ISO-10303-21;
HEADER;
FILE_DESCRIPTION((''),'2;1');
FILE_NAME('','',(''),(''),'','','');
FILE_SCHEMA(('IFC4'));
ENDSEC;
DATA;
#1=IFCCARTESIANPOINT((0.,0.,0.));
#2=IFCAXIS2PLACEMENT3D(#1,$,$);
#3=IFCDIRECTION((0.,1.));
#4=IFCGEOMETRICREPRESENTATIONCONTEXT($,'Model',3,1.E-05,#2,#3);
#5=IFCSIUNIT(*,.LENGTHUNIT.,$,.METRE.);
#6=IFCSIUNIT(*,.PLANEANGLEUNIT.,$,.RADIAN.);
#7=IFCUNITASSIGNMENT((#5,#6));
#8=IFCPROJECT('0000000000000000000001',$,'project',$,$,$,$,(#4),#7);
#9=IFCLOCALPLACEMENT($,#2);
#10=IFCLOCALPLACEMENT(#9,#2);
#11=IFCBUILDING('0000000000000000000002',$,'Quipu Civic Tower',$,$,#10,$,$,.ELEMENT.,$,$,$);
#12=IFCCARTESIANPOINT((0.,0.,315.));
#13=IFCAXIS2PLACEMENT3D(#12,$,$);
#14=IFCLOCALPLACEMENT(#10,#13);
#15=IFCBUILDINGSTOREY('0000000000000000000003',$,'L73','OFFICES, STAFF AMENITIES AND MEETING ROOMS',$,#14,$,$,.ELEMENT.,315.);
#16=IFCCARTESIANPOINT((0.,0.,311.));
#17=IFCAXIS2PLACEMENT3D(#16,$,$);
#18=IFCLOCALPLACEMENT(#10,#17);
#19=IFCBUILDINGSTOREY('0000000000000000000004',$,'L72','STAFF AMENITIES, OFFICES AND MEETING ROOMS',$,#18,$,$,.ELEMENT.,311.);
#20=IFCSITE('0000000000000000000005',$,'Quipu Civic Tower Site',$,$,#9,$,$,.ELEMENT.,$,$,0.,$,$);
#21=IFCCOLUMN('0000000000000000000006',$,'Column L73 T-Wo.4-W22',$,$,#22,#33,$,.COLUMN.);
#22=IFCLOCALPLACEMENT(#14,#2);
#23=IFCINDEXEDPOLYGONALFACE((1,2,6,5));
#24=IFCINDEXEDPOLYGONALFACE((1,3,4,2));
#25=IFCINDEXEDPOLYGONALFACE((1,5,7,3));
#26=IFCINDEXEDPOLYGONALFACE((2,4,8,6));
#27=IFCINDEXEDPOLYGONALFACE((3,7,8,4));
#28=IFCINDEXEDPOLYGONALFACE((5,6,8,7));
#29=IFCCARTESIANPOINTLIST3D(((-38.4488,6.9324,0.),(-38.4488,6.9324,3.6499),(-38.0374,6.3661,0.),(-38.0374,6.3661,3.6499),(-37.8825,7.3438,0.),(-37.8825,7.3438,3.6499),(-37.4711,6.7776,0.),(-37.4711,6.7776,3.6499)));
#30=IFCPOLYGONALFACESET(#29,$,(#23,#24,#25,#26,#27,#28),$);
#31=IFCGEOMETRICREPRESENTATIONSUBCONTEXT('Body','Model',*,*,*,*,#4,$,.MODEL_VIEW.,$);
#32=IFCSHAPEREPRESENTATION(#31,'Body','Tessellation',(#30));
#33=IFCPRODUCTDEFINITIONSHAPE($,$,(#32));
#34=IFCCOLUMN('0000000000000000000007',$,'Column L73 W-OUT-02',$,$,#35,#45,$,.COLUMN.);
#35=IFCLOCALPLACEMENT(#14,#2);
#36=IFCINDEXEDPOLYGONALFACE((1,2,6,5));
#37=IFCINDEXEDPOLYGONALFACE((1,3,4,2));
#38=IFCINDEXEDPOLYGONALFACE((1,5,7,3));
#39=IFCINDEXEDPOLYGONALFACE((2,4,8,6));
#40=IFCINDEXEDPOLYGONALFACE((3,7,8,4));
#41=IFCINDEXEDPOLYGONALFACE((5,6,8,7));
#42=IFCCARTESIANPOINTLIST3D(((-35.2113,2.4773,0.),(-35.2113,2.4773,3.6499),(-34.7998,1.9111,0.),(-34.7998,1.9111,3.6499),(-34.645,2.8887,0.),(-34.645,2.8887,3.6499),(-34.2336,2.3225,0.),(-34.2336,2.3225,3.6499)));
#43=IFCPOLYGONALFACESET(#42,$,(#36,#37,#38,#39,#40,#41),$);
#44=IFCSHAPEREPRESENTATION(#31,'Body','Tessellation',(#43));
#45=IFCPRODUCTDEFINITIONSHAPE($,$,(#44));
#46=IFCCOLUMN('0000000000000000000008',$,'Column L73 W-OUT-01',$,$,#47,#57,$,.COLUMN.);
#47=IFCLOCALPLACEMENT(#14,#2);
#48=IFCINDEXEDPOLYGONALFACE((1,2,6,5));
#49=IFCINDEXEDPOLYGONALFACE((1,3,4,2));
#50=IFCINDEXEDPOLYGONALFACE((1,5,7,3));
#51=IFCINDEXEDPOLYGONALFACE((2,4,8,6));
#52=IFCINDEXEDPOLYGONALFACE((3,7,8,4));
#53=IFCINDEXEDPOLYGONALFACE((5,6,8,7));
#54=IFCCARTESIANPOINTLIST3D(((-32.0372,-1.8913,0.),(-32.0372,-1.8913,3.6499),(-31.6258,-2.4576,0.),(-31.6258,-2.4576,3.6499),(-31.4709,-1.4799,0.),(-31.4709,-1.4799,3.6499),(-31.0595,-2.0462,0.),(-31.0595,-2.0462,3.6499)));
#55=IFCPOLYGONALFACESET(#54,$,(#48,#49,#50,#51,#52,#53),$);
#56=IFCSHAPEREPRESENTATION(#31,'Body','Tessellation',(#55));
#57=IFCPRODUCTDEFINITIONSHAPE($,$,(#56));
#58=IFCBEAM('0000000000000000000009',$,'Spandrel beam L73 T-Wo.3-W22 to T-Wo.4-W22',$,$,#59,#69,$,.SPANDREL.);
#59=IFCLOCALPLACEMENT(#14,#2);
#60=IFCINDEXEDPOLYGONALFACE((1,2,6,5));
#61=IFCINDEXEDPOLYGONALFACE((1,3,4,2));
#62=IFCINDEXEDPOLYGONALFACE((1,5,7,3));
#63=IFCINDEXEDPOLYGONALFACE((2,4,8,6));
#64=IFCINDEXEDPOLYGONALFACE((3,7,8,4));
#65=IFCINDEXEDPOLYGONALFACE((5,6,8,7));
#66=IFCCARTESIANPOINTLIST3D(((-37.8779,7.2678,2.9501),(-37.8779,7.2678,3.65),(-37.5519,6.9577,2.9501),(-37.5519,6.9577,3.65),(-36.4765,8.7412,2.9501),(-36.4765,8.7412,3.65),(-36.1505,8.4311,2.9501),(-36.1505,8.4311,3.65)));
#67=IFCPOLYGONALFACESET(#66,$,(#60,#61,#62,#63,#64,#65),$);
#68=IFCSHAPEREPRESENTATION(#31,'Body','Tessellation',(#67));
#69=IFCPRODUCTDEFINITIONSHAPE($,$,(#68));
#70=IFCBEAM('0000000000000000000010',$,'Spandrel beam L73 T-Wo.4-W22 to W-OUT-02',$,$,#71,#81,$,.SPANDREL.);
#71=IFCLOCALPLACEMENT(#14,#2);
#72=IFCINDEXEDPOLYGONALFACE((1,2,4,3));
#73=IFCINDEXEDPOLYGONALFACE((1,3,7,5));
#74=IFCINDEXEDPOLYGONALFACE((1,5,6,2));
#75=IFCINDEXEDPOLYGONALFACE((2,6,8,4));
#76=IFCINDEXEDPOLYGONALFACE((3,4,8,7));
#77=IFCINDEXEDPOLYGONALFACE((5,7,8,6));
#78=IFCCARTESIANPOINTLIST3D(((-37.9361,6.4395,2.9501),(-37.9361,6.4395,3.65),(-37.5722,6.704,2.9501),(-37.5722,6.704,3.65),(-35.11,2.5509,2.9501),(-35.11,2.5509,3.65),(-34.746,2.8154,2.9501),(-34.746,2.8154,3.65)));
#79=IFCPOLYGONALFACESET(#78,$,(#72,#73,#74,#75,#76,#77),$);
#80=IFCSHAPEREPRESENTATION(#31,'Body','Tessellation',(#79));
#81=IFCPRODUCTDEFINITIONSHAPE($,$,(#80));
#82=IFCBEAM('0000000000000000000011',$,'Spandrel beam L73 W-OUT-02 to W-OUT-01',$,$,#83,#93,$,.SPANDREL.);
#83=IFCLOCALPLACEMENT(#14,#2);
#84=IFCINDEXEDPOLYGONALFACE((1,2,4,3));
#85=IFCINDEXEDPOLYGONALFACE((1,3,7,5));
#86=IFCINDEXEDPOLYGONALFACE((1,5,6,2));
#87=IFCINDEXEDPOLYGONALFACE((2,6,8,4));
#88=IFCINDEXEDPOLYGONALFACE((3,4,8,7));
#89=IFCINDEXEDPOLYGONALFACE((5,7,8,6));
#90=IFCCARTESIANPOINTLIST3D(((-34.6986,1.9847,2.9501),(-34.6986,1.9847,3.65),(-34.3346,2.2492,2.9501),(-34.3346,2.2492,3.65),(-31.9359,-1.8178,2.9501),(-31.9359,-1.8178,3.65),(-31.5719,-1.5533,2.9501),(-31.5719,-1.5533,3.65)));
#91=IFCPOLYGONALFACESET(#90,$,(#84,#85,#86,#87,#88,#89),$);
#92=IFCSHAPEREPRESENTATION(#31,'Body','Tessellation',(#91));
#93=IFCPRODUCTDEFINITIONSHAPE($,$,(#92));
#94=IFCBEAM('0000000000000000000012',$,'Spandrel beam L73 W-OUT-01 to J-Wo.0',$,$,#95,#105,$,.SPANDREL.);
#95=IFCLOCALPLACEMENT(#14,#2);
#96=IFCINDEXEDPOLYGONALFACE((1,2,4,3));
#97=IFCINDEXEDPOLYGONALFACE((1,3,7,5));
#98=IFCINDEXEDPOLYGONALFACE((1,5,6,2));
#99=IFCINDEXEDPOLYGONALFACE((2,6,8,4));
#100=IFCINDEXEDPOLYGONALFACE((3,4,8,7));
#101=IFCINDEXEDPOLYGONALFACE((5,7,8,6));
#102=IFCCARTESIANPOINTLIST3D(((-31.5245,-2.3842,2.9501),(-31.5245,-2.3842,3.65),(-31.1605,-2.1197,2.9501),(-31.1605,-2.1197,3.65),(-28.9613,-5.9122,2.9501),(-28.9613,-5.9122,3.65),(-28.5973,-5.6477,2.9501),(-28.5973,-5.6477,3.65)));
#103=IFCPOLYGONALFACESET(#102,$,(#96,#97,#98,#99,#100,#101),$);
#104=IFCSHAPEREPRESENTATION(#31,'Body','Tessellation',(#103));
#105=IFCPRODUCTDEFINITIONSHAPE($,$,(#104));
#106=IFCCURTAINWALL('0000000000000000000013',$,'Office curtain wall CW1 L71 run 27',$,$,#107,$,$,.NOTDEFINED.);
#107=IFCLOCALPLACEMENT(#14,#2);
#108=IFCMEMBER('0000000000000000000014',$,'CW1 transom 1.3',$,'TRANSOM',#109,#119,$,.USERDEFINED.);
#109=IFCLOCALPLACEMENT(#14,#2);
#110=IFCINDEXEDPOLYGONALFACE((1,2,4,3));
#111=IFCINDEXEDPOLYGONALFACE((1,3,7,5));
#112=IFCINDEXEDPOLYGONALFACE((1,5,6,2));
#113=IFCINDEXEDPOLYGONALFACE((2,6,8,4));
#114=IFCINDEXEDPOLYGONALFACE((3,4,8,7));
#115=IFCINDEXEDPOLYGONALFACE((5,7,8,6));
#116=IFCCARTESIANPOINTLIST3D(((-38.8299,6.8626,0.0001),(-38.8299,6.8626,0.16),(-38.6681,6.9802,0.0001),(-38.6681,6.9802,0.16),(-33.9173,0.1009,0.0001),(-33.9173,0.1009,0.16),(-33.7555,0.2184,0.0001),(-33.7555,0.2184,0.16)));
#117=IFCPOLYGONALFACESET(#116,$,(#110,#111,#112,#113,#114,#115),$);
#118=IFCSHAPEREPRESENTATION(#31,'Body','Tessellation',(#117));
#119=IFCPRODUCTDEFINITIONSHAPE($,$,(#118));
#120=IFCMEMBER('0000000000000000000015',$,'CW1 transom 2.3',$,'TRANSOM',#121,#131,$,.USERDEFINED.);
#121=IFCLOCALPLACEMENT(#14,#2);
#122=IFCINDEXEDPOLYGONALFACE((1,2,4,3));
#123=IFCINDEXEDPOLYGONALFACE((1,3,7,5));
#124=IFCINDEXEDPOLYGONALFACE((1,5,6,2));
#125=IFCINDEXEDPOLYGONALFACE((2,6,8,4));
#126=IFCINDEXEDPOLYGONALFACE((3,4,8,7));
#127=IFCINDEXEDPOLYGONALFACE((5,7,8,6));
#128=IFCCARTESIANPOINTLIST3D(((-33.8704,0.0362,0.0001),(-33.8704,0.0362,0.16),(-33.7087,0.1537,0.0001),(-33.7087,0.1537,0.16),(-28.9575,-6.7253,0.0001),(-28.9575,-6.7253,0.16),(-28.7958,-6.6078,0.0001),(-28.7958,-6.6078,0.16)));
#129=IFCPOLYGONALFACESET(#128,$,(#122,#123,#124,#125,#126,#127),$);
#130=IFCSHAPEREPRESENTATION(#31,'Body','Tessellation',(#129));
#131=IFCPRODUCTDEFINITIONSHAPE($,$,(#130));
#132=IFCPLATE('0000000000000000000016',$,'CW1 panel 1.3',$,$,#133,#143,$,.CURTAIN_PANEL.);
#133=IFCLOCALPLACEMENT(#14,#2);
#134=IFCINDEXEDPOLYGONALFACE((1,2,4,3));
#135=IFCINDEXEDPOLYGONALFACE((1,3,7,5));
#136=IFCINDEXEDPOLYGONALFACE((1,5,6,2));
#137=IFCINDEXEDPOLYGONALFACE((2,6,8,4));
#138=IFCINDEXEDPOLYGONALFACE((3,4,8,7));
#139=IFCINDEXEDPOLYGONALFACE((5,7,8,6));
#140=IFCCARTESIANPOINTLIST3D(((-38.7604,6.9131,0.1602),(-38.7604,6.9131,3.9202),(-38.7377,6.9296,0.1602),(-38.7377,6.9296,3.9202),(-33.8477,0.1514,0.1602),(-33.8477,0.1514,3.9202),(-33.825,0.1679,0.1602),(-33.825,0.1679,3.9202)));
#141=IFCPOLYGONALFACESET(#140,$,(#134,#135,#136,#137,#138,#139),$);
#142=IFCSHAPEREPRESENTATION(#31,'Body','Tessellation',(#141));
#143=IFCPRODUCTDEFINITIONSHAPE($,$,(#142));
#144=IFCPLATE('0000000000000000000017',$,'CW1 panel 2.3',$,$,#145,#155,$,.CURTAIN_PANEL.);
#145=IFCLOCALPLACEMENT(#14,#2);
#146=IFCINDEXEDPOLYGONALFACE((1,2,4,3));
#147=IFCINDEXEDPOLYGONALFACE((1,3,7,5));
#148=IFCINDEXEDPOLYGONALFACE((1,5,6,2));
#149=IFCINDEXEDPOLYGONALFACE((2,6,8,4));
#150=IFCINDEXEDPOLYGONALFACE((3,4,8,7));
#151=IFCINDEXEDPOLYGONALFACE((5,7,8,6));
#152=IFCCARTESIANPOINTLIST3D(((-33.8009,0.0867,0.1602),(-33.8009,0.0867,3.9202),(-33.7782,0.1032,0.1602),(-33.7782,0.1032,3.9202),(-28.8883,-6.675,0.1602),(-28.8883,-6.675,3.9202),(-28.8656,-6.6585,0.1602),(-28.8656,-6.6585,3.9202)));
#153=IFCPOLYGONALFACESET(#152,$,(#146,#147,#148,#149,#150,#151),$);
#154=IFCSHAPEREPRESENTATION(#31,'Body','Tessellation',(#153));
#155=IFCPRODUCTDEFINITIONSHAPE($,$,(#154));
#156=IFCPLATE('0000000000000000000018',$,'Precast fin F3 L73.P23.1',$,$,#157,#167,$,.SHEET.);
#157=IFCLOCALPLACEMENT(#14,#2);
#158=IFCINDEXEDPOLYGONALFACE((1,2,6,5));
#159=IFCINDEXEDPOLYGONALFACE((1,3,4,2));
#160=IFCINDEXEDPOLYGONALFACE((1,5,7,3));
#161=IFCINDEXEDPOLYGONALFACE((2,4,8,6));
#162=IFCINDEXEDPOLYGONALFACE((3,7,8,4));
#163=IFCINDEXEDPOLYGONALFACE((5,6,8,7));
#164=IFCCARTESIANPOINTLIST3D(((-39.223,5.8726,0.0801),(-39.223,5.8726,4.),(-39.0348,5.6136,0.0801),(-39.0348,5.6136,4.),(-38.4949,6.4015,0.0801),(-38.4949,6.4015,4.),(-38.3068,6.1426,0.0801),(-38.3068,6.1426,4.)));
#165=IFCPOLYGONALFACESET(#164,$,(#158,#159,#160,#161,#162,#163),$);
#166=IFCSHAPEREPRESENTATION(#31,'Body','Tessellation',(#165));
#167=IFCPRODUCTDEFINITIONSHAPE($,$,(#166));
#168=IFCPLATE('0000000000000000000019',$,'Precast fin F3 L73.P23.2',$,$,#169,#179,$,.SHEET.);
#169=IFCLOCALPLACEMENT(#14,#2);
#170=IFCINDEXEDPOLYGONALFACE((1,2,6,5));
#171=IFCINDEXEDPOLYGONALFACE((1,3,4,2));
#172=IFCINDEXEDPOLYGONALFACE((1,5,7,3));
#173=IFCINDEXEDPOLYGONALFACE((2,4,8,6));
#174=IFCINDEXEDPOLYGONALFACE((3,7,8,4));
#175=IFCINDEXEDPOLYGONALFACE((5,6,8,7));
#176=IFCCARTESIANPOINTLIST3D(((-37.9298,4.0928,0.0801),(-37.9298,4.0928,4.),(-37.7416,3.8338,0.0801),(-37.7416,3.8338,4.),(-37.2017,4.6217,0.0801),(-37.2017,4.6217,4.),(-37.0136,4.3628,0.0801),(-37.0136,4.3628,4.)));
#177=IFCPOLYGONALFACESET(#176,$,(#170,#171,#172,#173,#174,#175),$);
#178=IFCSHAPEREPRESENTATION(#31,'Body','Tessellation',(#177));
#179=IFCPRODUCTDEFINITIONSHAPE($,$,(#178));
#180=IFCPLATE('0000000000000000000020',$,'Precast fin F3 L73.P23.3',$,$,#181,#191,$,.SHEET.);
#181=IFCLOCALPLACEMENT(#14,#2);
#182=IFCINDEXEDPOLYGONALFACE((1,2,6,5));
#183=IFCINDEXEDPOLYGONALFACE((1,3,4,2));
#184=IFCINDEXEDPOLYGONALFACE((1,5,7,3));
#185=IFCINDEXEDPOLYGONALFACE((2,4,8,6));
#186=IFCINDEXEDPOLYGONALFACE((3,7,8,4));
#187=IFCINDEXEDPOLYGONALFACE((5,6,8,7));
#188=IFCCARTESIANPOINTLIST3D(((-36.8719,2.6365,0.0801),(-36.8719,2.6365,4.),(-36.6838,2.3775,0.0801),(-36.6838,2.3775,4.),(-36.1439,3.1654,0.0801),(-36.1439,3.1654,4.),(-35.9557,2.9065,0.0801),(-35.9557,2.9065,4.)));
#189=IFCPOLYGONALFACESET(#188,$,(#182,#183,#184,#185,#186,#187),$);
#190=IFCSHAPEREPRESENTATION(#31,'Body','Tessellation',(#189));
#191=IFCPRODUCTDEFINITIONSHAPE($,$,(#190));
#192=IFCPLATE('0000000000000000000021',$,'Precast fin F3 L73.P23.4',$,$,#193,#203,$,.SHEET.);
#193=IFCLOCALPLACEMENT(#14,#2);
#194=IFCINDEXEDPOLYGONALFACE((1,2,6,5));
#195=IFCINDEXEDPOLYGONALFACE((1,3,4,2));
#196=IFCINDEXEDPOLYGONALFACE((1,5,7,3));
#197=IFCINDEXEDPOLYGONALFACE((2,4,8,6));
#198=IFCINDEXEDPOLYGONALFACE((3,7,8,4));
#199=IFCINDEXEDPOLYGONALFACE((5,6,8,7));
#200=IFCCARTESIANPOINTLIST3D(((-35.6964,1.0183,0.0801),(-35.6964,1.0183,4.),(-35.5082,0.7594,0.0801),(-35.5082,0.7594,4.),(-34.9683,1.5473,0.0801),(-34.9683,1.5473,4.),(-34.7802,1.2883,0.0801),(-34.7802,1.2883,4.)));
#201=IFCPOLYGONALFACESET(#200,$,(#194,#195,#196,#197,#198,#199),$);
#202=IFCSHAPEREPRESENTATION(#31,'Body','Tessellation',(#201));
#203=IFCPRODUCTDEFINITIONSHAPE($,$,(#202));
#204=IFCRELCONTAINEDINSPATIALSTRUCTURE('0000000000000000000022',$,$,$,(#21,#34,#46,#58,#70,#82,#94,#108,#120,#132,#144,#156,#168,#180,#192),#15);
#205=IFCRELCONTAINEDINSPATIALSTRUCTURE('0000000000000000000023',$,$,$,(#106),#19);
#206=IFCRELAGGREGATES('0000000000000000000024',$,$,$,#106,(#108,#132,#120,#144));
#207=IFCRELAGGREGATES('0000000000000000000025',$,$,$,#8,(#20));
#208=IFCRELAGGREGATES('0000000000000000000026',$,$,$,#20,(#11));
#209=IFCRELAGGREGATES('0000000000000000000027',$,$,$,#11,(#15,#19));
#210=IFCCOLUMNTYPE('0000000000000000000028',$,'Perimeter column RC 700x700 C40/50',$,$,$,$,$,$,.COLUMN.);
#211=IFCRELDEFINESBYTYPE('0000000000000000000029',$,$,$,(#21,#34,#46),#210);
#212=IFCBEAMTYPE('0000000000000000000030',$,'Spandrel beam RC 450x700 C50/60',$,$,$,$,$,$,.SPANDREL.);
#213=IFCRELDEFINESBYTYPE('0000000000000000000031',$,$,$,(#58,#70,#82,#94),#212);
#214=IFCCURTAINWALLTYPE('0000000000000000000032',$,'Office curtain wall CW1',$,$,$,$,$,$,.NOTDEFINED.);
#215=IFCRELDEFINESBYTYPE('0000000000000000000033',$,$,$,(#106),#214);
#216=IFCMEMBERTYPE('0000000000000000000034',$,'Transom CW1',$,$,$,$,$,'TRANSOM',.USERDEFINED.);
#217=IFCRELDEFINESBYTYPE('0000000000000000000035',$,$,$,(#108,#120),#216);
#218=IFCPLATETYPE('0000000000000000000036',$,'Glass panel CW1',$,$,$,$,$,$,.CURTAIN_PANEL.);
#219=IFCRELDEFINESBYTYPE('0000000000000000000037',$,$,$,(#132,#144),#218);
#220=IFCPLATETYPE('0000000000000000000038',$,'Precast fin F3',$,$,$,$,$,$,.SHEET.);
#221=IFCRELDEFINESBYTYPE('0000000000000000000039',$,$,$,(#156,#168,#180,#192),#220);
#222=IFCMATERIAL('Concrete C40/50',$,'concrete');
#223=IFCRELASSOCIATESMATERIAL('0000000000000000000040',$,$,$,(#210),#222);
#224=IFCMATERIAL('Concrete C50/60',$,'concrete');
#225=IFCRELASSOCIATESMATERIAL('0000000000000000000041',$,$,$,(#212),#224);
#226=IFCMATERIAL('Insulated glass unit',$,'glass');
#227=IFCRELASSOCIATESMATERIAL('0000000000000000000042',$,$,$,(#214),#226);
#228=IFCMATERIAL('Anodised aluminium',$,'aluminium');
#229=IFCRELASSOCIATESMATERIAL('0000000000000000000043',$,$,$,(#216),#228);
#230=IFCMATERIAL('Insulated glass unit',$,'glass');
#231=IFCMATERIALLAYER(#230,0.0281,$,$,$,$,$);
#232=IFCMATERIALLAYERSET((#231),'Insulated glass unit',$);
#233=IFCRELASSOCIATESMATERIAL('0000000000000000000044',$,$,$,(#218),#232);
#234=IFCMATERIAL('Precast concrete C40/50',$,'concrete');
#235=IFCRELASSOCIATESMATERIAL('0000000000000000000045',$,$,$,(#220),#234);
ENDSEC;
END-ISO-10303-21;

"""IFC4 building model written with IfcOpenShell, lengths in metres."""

from ifc_helpers import new_model, si_unit, direction, frame, origin, origin_2d, place, context, subcontext, project, spatial, rectangle, extrude, material, layer, layer_set, material_profile, profile_set, type_object, element, aggregate, save


model = new_model("IFC4")

# Units and contexts
model_context = context("Model", 3, precision=1e-05, world=origin(), true_north=direction((0.0, 1.0)))
body_context = subcontext(model_context, "Body", "Model", "MODEL_VIEW")
ifc_project = project(units=[si_unit("LENGTHUNIT", "METRE"), si_unit("PLANEANGLEUNIT", "RADIAN")], contexts=[model_context])

# Site, building, storey
site_placement = place(None, origin())
site = spatial("IfcSite", under=ifc_project, at=site_placement, Name="Quipu Civic Tower Site", CompositionType="ELEMENT", RefElevation=0.0)
building_placement = place(site_placement, origin())
building = spatial("IfcBuilding", under=site, at=building_placement, Name="Quipu Civic Tower", CompositionType="ELEMENT")
storey_1_placement = place(building_placement, frame((0.0, 0.0, 315.0)))
storey_1 = spatial("IfcBuildingStorey", under=building, at=storey_1_placement, Name="L73", Description="OFFICES, STAFF AMENITIES AND MEETING ROOMS", CompositionType="ELEMENT", Elevation=315.0)

# Columns
ifc_material_1 = material(Name="Concrete C40/50", Category="concrete")
ifc_material_profile_1 = material_profile(ifc_material_1, rectangle(XDim=0.7, YDim=0.7, at=origin_2d()), Name="RC700x700")
ifc_profile_set_1 = profile_set([ifc_material_profile_1], Name="Concrete C40/50")
column_type = type_object("IfcColumnType", Name="Perimeter column RC 700x700 C40/50", PredefinedType="COLUMN", material=ifc_profile_set_1)
for number, where, z_axis, x_axis, name in (
    (1, (-37.96, 6.855, 0.0), (0.0, 0.0, 1.0), (0.587785, -0.809017, 0.0), "Column L73 T-Wo.4-W22"),
    (2, (-34.7224, 2.3999, 0.0), (0.0, 0.0, 1.0), (0.587785, -0.809017, 0.0), "Column L73 W-OUT-02"),
    (3, (-31.5483, -1.9688, 0.0), (0.0, 0.0, 1.0), (0.587785, -0.809017, 0.0), "Column L73 W-OUT-01"),
):
    element("IfcColumn", number, at=place(storey_1_placement, frame(where, z_axis=z_axis, x_axis=x_axis)), inside=storey_1, type_object=column_type, Name=name, PredefinedType="COLUMN", context=body_context, shape_type="SweptSolid", body=[
        extrude(rectangle(XDim=0.7, YDim=0.7, at=origin_2d()), origin(), (0.0, 0.0, 1.0), 3.6499),
    ])

# Beams
ifc_material_2 = material(Name="Concrete C50/60", Category="concrete")
ifc_material_profile_2 = material_profile(ifc_material_2, rectangle(XDim=0.45, YDim=0.7, at=origin_2d()), Name="RC450x700")
ifc_profile_set_2 = profile_set([ifc_material_profile_2], Name="Concrete C50/60")
beam_type = type_object("IfcBeamType", Name="Spandrel beam RC 450x700 C50/60", PredefinedType="SPANDREL", material=ifc_profile_set_2)
beam_1_placement = place(storey_1_placement, frame((-36.3135, 8.5862, 3.3), z_axis=(-0.689175, -0.724595, 0.0), x_axis=(0.724595, -0.689175, 0.0)))
element("IfcBeam", 4, at=beam_1_placement, inside=storey_1, type_object=beam_type, Name="Spandrel beam L73 T-Wo.3-W22 to T-Wo.4-W22", PredefinedType="SPANDREL", context=body_context, shape_type="SweptSolid", body=[
    extrude(rectangle(XDim=0.45, YDim=0.7, at=origin_2d()), origin(), (0.0, 0.0, 1.0), 2.0334),
])
beam_2_placement = place(storey_1_placement, frame((-37.7542, 6.5718, 3.3), z_axis=(0.587906, -0.808929, 0.0), x_axis=(0.808929, 0.587906, 0.0)))
element("IfcBeam", 5, at=beam_2_placement, inside=storey_1, type_object=beam_type, Name="Spandrel beam L73 T-Wo.4-W22 to W-OUT-02", PredefinedType="SPANDREL", context=body_context, shape_type="SweptSolid", body=[
    extrude(rectangle(XDim=0.45, YDim=0.7, at=origin_2d()), origin(), (0.0, 0.0, 1.0), 4.8071),
])
beam_3_placement = place(storey_1_placement, frame((-34.5166, 2.1169, 3.3), z_axis=(0.587789, -0.809015, 0.0), x_axis=(0.809015, 0.587789, 0.0)))
element("IfcBeam", 6, at=beam_3_placement, inside=storey_1, type_object=beam_type, Name="Spandrel beam L73 W-OUT-02 to W-OUT-01", PredefinedType="SPANDREL", context=body_context, shape_type="SweptSolid", body=[
    extrude(rectangle(XDim=0.45, YDim=0.7, at=origin_2d()), origin(), (0.0, 0.0, 1.0), 4.7002),
])
beam_4_placement = place(storey_1_placement, frame((-31.3425, -2.252, 3.3), z_axis=(0.587776, -0.809024, 0.0), x_axis=(0.809024, 0.587776, 0.0)))
element("IfcBeam", 7, at=beam_4_placement, inside=storey_1, type_object=beam_type, Name="Spandrel beam L73 W-OUT-01 to J-Wo.0", PredefinedType="SPANDREL", context=body_context, shape_type="SweptSolid", body=[
    extrude(rectangle(XDim=0.45, YDim=0.7, at=origin_2d()), origin(), (0.0, 0.0, 1.0), 4.3608),
])

# Shared definitions
storey_2_placement = place(building_placement, frame((0.0, 0.0, 311.0)))
storey_2 = spatial("IfcBuildingStorey", under=building, at=storey_2_placement, Name="L72", Description="STAFF AMENITIES, OFFICES AND MEETING ROOMS", CompositionType="ELEMENT", Elevation=311.0)

# Curtain wall, members, plates
ifc_material_3 = material(Name="Insulated glass unit", Category="glass")
curtain_wall_type = type_object("IfcCurtainWallType", Name="Office curtain wall CW1", PredefinedType="NOTDEFINED", material=ifc_material_3)
curtain_wall_placement = place(storey_2_placement, origin())
curtain_wall = element("IfcCurtainWall", 8, at=curtain_wall_placement, inside=storey_2, type_object=curtain_wall_type, Name="Office curtain wall CW1 L71 run 27", PredefinedType="NOTDEFINED")
ifc_material_4 = material(Name="Anodised aluminium", Category="aluminium")
ifc_material_profile_3 = material_profile(ifc_material_4, rectangle(XDim=0.2, YDim=0.1599, at=origin_2d()), Name="RECT 200x160")
ifc_profile_set_3 = profile_set([ifc_material_profile_3], Name="Anodised aluminium")
member_type = type_object("IfcMemberType", Name="Transom CW1", ElementType="TRANSOM", PredefinedType="USERDEFINED", material=ifc_profile_set_3)
member_1_placement = place(storey_1_placement, frame((-38.749, 6.9214, 0.0801), z_axis=(0.587779, -0.809021, 0.0), x_axis=(0.809021, 0.587779, 0.0)))
member_1 = element("IfcMember", 9, at=member_1_placement, inside=storey_1, type_object=member_type, Name="CW1 transom 1.3", ObjectType="TRANSOM", PredefinedType="USERDEFINED", context=body_context, shape_type="SweptSolid", body=[
    extrude(rectangle(XDim=0.2, YDim=0.1599, at=origin_2d()), origin(), (0.0, 0.0, 1.0), 8.3579),
])
member_2_placement = place(storey_1_placement, frame((-33.7896, 0.095, 0.0801), z_axis=(0.587812, -0.808997, 0.0), x_axis=(0.808997, 0.587812, 0.0)))
member_2 = element("IfcMember", 10, at=member_2_placement, inside=storey_1, type_object=member_type, Name="CW1 transom 2.3", ObjectType="TRANSOM", PredefinedType="USERDEFINED", context=body_context, shape_type="SweptSolid", body=[
    extrude(rectangle(XDim=0.2, YDim=0.1599, at=origin_2d()), origin(), (0.0, 0.0, 1.0), 8.3579),
])
ifc_material_5 = material(Name="Insulated glass unit", Category="glass")
ifc_layer_1 = layer(ifc_material_5, 0.0281)
ifc_layer_set_1 = layer_set([ifc_layer_1], Name="Insulated glass unit")
plate_type_1 = type_object("IfcPlateType", Name="Glass panel CW1", PredefinedType="CURTAIN_PANEL", material=ifc_layer_set_1)
plate_1_placement = place(storey_1_placement, frame((-36.2927, 3.5405, 0.1602), z_axis=(0.0, 0.0, 1.0), x_axis=(0.587786, -0.809016, 0.0)))
plate_1 = element("IfcPlate", 11, at=plate_1_placement, inside=storey_1, type_object=plate_type_1, Name="CW1 panel 1.3", PredefinedType="CURTAIN_PANEL", context=body_context, shape_type="SweptSolid", body=[
    extrude(rectangle(XDim=8.3579, YDim=0.0281, at=origin_2d()), origin(), (0.0, 0.0, 1.0), 3.76),
])
plate_2_placement = place(storey_1_placement, frame((-31.3333, -3.2859, 0.1602), z_axis=(0.0, 0.0, 1.0), x_axis=(0.587786, -0.809016, 0.0)))
plate_2 = element("IfcPlate", 12, at=plate_2_placement, inside=storey_1, type_object=plate_type_1, Name="CW1 panel 2.3", PredefinedType="CURTAIN_PANEL", context=body_context, shape_type="SweptSolid", body=[
    extrude(rectangle(XDim=8.3579, YDim=0.0281, at=origin_2d()), origin(), (0.0, 0.0, 1.0), 3.76),
])
aggregate(curtain_wall, [member_1, plate_1, member_2, plate_2])

# Plates
ifc_material_6 = material(Name="Precast concrete C40/50", Category="concrete")
plate_type_2 = type_object("IfcPlateType", Name="Precast fin F3", PredefinedType="SHEET", material=ifc_material_6)
for number, where, z_axis, x_axis, name in (
    (13, (-38.7649, 6.0076, 0.0801), (0.0, 0.0, 1.0), (0.587787, -0.809016, 0.0), "Precast fin F3 L73.P23.1"),
    (14, (-37.4717, 4.2278, 0.0801), (0.0, 0.0, 1.0), (0.587787, -0.809016, 0.0), "Precast fin F3 L73.P23.2"),
    (15, (-36.4138, 2.7715, 0.0801), (0.0, 0.0, 1.0), (0.587787, -0.809016, 0.0), "Precast fin F3 L73.P23.3"),
    (16, (-35.2383, 1.1533, 0.0801), (0.0, 0.0, 1.0), (0.587787, -0.809016, 0.0), "Precast fin F3 L73.P23.4"),
):
    element("IfcPlate", number, at=place(storey_1_placement, frame(where, z_axis=z_axis, x_axis=x_axis)), inside=storey_1, type_object=plate_type_2, Name=name, PredefinedType="SHEET", context=body_context, shape_type="SweptSolid", body=[
        extrude(rectangle(XDim=0.3201, YDim=0.8999, at=origin_2d()), origin(), (0.0, 0.0, 1.0), 3.9199),
    ])

save(model, "model.ifc")
